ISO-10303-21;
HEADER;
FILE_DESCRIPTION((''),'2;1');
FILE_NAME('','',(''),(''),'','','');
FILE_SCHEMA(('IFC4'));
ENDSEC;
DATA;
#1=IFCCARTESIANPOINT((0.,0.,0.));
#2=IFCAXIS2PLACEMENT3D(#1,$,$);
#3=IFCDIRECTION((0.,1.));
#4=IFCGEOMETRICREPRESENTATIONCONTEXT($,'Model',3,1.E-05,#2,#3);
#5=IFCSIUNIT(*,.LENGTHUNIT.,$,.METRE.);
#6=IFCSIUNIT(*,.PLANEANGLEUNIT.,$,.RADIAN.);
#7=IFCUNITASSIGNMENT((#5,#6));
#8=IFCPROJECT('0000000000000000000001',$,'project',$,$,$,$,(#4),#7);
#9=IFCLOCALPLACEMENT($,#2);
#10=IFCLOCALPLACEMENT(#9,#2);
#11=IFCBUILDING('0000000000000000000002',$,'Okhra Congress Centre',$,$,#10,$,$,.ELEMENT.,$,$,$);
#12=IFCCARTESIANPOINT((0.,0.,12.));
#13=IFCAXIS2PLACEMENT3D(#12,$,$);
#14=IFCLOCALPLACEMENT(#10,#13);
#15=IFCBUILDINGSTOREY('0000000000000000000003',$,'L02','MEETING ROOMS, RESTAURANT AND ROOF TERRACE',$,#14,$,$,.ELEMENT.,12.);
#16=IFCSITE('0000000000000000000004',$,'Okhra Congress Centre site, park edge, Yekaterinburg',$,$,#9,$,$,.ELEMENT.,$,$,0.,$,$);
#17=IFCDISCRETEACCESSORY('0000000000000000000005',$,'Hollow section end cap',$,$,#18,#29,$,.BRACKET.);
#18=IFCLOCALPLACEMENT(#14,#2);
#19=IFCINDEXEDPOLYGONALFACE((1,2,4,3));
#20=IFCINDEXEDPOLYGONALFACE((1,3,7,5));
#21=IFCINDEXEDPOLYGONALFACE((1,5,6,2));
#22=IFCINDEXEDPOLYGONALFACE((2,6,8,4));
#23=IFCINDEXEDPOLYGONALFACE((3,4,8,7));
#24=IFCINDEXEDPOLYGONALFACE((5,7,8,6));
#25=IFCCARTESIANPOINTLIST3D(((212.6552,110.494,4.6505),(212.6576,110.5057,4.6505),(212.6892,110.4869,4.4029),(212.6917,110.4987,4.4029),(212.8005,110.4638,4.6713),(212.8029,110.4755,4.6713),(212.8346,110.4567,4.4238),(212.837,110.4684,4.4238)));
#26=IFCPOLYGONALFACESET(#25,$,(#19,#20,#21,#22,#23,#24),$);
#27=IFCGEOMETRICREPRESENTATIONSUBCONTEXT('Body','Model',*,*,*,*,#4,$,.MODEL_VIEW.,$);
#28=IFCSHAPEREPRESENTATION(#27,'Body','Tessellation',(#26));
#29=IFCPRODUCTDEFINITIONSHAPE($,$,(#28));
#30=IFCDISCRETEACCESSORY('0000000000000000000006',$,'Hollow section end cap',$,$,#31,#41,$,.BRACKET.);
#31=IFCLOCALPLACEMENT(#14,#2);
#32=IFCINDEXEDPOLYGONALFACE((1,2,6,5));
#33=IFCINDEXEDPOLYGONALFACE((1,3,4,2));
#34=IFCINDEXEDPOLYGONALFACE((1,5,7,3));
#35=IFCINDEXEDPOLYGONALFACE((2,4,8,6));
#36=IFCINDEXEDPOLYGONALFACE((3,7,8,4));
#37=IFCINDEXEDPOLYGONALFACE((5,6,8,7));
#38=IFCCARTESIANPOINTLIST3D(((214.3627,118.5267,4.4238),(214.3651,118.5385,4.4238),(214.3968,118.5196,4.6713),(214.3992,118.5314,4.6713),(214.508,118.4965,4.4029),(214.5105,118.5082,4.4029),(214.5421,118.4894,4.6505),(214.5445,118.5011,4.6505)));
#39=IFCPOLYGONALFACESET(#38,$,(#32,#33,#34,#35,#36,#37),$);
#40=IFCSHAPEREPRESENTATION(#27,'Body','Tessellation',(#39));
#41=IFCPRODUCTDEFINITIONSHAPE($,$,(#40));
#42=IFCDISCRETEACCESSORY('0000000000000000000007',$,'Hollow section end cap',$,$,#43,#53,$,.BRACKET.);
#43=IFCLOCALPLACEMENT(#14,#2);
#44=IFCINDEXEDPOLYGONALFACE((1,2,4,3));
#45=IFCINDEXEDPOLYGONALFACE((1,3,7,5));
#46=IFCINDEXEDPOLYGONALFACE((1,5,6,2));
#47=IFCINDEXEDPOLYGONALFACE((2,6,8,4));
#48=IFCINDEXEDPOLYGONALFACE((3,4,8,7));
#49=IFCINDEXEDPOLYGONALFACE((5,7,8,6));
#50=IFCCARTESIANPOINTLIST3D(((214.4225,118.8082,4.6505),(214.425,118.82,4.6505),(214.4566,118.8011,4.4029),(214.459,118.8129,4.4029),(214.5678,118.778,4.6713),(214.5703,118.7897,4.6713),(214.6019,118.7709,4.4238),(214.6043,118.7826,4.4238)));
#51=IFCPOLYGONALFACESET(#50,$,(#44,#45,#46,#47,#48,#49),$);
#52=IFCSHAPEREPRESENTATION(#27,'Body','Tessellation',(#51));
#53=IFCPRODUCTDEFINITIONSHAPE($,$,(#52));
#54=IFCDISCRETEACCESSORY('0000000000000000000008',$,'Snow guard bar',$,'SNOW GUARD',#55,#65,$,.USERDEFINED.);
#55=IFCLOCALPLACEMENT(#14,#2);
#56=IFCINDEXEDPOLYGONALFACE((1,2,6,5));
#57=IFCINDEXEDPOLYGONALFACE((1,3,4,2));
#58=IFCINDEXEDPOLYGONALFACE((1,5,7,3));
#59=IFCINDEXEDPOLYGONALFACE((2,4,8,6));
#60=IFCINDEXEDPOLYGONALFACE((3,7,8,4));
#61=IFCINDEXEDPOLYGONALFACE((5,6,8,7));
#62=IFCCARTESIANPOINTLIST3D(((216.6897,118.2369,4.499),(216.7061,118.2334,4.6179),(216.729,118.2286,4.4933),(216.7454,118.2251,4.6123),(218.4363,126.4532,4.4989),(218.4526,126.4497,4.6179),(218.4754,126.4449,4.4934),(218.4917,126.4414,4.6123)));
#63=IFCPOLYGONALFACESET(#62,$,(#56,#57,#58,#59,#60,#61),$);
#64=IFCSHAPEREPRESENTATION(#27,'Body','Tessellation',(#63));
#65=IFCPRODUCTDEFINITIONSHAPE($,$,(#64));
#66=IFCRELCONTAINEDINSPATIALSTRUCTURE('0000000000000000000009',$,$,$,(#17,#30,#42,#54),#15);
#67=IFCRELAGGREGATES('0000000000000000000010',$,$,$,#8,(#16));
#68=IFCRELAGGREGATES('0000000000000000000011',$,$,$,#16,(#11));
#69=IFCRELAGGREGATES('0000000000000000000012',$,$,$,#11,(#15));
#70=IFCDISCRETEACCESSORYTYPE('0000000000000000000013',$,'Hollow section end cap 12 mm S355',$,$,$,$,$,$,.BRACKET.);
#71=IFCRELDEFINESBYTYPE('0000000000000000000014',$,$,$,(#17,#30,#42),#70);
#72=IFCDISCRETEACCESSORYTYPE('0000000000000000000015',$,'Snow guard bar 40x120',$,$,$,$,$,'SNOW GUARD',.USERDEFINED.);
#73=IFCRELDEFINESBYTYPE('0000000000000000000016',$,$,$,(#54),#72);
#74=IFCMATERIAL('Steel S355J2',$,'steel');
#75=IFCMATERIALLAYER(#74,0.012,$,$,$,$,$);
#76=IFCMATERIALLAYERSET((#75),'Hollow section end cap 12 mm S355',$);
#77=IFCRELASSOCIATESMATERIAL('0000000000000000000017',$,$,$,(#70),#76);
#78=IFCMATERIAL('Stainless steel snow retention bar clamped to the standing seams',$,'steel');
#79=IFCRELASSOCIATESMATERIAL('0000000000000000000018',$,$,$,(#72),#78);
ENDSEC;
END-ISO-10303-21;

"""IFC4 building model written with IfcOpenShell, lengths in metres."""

from ifc_helpers import new_model, si_unit, direction, frame, origin, origin_2d, place, context, subcontext, project, spatial, polyline, rectangle, outline, extrude, material, layer, layer_set, type_object, element, save


model = new_model("IFC4")

# Units and contexts
model_context = context("Model", 3, precision=1e-05, world=origin(), true_north=direction((0.0, 1.0)))
body_context = subcontext(model_context, "Body", "Model", "MODEL_VIEW")
ifc_project = project(units=[si_unit("LENGTHUNIT", "METRE"), si_unit("PLANEANGLEUNIT", "RADIAN")], contexts=[model_context])

# Site, building, storey
site_placement = place(None, origin())
site = spatial("IfcSite", under=ifc_project, at=site_placement, Name="Okhra Congress Centre site, park edge, Yekaterinburg", CompositionType="ELEMENT", RefElevation=0.0)
building_placement = place(site_placement, origin())
building = spatial("IfcBuilding", under=site, at=building_placement, Name="Okhra Congress Centre", CompositionType="ELEMENT")
storey_placement = place(building_placement, frame((0.0, 0.0, 12.0)))
storey = spatial("IfcBuildingStorey", under=building, at=storey_placement, Name="L02", Description="MEETING ROOMS, RESTAURANT AND ROOF TERRACE", CompositionType="ELEMENT", Elevation=12.0)

# Shared definitions
ifc_material_1 = material(Name="Steel S355J2", Category="steel")

# Discrete accessories
ifc_layer_1 = layer(ifc_material_1, 0.012)
ifc_layer_set_1 = layer_set([ifc_layer_1], Name="Hollow section end cap 12 mm S355")
discrete_accessory_type_1 = type_object("IfcDiscreteAccessoryType", Name="Hollow section end cap 12 mm S355", PredefinedType="BRACKET", material=ifc_layer_set_1)
for number, where, z_axis, x_axis, name in (
    (1, (212.7473, 110.4871, 4.5371), (-0.203954, -0.97898, 0.0), (0.969453, -0.201969, 0.139173), "Hollow section end cap"),
    (2, (214.4524, 118.5081, 4.5371), (0.203954, 0.97898, 0.0), (-0.969453, 0.201969, 0.139173), "Hollow section end cap"),
    (3, (214.5146, 118.8013, 4.5371), (-0.203954, -0.97898, 0.0), (0.969453, -0.201969, 0.139173), "Hollow section end cap"),
):
    element("IfcDiscreteAccessory", number, at=place(storey_placement, frame(where, z_axis=z_axis, x_axis=x_axis)), inside=storey, type_object=discrete_accessory_type_1, Name=name, PredefinedType="BRACKET", context=body_context, shape_type="SweptSolid", body=[
        extrude(rectangle(XDim=0.1499, YDim=0.25, at=origin_2d()), origin(), (0.0, 0.0, 1.0), 0.012),
    ])
ifc_material_2 = material(Name="Stainless steel snow retention bar clamped to the standing seams", Category="steel")
discrete_accessory_type_2 = type_object("IfcDiscreteAccessoryType", Name="Snow guard bar 40x120", ElementType="SNOW GUARD", PredefinedType="USERDEFINED", material=ifc_material_2)
discrete_accessory_1_placement = place(storey_placement, frame((216.7061, 118.2334, 4.6179), z_axis=(0.1358, -0.028866, 0.990316), x_axis=(0.968945, -0.204622, -0.138833)))
element("IfcDiscreteAccessory", 4, at=discrete_accessory_1_placement, inside=storey, type_object=discrete_accessory_type_2, Name="Snow guard bar", ObjectType="SNOW GUARD", PredefinedType="USERDEFINED", context=body_context, shape_type="SweptSolid", body=[
    extrude(outline(polyline([(0.0, 0.0), (0.0406, 0.0), (0.0514, 8.3998), (0.0111, 8.3999), (0.0, 0.0)])), origin(), (0.0, 0.0, -1.0), 0.1201),
])

save(model, "model.ifc")
